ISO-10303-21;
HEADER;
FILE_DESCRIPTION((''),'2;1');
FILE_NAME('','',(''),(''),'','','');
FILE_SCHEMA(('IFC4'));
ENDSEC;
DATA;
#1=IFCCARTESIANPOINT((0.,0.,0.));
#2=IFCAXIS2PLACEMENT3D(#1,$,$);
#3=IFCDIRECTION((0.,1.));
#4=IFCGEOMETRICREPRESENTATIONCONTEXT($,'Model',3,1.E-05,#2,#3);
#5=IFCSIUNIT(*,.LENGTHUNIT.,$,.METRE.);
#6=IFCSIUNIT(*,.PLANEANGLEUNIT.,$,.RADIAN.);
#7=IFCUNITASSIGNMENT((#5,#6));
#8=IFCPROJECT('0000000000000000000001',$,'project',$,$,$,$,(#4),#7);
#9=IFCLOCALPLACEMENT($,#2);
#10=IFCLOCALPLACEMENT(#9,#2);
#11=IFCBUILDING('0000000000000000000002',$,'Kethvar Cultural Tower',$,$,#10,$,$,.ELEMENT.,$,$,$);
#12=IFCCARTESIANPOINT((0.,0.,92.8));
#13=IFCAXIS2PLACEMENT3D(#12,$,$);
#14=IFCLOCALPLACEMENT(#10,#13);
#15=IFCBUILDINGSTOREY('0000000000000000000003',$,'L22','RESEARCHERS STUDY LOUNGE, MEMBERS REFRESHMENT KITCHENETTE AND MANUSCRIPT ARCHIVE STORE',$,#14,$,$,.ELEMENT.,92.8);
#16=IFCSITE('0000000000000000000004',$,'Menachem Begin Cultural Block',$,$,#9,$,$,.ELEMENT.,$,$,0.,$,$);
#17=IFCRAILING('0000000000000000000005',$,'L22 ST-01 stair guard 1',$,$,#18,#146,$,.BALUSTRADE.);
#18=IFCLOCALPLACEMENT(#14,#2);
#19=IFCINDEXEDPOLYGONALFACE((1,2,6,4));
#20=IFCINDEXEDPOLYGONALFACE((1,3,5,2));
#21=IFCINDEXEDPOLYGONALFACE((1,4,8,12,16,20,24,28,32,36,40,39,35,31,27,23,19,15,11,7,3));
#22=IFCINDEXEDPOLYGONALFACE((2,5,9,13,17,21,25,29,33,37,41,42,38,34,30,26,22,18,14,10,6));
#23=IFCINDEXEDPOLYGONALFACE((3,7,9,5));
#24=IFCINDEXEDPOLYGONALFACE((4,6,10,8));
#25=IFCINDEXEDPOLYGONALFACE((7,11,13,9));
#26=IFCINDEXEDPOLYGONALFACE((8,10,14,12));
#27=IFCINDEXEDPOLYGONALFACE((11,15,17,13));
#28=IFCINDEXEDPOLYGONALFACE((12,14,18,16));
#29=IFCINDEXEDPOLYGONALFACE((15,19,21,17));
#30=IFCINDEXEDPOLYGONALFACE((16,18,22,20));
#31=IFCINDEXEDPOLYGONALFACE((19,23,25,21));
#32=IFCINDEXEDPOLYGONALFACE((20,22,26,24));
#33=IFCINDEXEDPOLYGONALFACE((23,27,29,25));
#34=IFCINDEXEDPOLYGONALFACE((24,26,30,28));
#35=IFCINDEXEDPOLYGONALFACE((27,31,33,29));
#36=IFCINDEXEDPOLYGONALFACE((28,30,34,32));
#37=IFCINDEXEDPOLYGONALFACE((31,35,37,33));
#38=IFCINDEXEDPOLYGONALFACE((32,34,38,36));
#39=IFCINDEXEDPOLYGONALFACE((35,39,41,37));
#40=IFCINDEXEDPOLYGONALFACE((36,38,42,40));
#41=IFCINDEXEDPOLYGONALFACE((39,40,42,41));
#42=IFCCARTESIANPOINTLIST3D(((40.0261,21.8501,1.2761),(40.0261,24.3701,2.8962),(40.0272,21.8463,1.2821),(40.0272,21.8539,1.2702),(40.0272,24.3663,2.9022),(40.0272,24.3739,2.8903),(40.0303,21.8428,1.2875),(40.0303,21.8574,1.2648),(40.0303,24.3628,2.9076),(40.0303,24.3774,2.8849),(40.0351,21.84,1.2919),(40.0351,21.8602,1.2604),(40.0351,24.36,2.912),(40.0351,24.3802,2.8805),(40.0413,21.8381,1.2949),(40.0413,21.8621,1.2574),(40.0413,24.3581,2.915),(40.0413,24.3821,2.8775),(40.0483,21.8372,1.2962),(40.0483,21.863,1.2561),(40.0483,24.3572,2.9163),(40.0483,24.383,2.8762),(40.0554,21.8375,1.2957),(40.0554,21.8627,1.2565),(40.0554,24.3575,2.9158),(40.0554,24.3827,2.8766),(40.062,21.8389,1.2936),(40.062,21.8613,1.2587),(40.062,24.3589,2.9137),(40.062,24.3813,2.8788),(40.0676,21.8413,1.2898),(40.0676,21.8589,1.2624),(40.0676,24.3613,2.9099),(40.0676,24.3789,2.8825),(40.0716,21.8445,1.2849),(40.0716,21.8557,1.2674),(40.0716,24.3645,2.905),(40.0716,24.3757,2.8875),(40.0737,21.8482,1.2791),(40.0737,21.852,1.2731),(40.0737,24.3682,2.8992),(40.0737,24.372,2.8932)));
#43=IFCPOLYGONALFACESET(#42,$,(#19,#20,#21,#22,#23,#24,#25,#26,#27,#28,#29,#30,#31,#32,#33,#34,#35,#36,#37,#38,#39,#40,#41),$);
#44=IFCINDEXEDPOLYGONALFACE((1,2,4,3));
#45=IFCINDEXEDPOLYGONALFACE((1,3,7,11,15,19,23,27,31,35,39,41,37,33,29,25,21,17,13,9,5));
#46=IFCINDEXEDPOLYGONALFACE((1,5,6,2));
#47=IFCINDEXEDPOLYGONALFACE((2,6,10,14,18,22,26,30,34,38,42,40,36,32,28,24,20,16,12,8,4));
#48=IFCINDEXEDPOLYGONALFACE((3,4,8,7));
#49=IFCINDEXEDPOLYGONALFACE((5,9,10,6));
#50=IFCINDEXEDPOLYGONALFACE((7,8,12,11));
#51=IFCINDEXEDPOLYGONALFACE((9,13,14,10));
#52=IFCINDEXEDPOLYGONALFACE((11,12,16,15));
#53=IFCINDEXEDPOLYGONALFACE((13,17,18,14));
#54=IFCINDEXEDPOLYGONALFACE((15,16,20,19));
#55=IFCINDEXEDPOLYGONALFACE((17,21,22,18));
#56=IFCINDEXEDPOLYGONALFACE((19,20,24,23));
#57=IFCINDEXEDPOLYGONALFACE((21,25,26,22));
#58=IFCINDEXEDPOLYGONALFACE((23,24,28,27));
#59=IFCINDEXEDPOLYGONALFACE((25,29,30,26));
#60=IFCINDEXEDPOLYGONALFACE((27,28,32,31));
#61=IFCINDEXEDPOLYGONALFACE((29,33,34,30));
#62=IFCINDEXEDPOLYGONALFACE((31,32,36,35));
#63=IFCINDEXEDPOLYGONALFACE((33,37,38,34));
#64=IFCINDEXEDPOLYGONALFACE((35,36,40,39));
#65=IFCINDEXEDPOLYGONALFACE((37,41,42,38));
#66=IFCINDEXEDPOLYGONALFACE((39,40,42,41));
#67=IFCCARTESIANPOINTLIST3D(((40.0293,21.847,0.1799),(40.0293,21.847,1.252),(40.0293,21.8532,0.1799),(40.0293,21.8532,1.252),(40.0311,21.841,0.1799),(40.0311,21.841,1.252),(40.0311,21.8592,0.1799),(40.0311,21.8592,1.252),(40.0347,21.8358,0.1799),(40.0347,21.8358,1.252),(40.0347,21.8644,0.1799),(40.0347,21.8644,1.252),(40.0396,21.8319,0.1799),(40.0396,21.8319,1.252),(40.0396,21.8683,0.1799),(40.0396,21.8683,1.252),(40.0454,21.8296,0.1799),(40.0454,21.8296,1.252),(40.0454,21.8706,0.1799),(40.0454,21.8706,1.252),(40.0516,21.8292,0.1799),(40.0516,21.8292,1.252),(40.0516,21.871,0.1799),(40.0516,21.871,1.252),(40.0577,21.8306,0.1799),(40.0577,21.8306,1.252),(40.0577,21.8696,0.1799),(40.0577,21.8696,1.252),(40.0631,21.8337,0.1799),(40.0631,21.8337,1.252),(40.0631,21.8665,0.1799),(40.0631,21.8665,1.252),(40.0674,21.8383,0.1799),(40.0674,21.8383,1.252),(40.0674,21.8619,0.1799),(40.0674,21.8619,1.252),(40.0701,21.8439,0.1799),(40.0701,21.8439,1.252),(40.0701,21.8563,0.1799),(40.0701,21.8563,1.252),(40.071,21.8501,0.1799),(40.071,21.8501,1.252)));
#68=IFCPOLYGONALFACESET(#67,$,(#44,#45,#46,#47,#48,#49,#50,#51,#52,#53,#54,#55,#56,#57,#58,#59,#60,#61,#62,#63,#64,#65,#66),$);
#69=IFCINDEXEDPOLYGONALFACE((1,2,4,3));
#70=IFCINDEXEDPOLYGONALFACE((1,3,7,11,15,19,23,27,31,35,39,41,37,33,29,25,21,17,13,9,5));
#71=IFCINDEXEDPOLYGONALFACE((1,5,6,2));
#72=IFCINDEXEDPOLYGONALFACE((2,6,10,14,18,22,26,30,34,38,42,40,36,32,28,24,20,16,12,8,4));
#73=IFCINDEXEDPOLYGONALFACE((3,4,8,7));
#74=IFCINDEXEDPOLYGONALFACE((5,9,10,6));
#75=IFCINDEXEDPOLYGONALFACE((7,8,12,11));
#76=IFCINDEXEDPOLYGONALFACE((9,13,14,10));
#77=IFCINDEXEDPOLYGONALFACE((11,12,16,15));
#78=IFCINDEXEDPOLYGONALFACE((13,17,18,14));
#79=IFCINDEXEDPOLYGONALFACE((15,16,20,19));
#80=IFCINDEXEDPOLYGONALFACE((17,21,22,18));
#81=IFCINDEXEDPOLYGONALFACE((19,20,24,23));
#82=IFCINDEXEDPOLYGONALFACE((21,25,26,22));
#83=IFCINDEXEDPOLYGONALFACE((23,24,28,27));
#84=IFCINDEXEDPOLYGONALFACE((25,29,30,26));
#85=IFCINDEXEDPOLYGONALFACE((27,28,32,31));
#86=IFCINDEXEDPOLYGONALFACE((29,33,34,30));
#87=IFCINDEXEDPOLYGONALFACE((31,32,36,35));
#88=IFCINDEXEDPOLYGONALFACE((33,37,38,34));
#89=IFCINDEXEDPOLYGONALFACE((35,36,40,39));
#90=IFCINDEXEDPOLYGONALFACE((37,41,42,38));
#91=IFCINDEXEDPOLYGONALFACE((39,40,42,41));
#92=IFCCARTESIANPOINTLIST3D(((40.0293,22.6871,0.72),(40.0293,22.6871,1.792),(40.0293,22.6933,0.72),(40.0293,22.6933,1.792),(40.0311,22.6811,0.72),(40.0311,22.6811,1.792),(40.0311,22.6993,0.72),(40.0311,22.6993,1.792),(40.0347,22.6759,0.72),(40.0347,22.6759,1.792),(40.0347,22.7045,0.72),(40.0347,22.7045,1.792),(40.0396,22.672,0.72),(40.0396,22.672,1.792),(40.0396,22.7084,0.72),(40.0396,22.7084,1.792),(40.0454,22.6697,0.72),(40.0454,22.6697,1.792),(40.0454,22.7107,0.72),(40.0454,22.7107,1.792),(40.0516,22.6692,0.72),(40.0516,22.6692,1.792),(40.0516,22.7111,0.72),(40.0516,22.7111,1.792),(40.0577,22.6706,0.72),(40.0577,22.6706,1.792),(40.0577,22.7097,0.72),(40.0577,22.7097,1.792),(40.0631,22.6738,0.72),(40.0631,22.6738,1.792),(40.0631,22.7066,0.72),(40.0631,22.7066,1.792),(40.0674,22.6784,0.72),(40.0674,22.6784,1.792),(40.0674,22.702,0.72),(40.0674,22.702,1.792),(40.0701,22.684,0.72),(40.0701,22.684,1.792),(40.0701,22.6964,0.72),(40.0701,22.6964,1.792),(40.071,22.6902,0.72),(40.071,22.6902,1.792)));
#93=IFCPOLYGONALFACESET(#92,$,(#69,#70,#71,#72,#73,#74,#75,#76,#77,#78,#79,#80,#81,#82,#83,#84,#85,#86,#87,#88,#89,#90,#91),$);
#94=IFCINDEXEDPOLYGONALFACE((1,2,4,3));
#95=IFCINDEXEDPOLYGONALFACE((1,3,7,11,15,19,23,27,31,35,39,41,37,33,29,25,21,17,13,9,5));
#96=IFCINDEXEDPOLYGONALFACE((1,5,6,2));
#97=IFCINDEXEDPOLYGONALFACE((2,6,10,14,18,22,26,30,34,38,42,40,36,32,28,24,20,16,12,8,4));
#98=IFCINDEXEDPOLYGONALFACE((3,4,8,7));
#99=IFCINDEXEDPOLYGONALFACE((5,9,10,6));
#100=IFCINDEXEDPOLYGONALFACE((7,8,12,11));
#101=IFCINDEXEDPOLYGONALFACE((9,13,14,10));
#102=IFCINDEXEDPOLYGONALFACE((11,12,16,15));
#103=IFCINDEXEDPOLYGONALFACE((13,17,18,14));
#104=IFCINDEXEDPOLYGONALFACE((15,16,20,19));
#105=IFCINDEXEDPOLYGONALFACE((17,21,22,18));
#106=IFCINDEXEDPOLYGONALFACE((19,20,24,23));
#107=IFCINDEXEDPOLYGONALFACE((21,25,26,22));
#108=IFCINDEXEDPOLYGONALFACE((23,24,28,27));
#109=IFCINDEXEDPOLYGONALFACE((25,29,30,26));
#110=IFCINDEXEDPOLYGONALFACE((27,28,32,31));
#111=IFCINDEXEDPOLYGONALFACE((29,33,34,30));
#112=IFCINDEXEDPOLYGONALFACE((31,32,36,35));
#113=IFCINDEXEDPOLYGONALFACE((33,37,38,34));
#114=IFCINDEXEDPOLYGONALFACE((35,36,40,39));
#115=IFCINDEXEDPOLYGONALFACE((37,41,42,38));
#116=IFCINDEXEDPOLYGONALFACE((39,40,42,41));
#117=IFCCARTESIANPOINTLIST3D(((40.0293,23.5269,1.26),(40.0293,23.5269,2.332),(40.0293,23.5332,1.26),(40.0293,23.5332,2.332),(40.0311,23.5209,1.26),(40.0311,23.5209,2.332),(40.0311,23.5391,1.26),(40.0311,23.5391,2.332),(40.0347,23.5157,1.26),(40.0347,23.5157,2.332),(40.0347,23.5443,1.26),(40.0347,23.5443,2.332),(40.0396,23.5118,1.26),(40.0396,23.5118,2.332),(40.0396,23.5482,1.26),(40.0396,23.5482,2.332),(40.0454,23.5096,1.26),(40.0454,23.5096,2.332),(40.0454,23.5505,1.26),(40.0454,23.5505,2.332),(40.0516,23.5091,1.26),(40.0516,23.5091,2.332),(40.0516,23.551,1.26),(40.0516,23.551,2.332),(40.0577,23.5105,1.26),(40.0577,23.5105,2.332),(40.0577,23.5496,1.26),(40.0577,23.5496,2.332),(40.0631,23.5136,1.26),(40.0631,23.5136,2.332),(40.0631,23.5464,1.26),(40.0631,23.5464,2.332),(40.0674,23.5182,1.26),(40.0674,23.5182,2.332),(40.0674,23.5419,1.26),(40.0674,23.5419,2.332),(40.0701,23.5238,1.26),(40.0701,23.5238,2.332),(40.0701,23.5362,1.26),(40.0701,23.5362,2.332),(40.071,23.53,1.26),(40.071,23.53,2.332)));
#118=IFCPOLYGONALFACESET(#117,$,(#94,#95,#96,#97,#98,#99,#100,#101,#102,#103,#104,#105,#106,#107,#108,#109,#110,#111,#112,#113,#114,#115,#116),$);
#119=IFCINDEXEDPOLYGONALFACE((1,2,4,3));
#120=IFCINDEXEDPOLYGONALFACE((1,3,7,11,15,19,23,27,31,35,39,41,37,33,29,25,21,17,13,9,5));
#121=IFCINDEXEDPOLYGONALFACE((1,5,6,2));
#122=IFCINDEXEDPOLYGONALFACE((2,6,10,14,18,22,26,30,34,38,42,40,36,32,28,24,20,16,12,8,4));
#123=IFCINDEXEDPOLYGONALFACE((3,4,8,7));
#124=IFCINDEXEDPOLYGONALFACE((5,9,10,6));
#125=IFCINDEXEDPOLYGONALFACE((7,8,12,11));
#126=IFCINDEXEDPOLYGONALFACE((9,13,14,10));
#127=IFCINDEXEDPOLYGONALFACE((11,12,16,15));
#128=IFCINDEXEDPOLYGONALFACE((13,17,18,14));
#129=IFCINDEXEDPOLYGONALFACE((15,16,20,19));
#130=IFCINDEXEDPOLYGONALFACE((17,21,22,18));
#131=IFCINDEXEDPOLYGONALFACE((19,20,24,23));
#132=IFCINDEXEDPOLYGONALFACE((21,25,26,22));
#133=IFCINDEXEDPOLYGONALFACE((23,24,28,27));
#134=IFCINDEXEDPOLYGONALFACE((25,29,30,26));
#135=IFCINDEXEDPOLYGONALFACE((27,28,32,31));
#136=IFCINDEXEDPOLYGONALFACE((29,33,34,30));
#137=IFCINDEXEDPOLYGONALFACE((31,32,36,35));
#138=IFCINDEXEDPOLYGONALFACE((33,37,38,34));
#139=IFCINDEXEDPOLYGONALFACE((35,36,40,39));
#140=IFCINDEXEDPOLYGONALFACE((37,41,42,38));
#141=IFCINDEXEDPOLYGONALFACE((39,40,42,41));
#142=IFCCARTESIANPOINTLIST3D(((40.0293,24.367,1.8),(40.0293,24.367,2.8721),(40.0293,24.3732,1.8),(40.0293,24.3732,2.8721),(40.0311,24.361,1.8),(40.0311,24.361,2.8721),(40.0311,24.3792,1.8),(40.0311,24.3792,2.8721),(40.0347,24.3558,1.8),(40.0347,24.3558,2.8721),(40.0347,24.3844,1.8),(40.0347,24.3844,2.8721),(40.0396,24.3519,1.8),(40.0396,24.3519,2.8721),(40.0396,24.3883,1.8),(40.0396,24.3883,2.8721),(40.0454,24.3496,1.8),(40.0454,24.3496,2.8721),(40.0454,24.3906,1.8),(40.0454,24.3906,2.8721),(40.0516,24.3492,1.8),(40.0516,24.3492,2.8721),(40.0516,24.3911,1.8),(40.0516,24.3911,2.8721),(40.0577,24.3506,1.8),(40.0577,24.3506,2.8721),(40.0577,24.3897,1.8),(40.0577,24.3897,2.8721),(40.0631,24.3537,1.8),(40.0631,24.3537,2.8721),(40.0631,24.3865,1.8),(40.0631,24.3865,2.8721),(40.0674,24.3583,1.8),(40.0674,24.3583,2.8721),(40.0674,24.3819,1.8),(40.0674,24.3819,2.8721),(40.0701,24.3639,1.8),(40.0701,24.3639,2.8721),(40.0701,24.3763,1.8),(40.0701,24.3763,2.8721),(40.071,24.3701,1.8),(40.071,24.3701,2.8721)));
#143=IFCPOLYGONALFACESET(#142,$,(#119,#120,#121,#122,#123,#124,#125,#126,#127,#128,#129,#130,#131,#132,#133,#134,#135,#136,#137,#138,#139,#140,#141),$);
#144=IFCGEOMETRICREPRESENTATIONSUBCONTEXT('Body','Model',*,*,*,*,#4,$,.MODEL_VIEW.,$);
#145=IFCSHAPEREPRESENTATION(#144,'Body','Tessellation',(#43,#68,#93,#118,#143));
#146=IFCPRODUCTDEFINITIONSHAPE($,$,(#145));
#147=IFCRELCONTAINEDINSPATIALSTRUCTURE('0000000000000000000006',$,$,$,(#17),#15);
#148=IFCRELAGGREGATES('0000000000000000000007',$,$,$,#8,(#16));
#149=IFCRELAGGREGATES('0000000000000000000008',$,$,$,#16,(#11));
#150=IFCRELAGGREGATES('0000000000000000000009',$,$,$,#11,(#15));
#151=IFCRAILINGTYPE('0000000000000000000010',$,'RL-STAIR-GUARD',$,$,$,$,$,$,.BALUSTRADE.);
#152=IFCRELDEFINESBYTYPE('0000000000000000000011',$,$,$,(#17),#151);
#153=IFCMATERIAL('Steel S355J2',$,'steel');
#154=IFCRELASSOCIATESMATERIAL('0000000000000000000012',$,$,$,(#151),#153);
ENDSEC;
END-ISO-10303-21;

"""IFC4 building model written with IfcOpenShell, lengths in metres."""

from ifc_helpers import new_model, si_unit, direction, frame, origin, origin_2d, place, context, subcontext, project, spatial, circle, extrude, material, type_object, element, save


model = new_model("IFC4")

# Units and contexts
model_context = context("Model", 3, precision=1e-05, world=origin(), true_north=direction((0.0, 1.0)))
body_context = subcontext(model_context, "Body", "Model", "MODEL_VIEW")
ifc_project = project(units=[si_unit("LENGTHUNIT", "METRE"), si_unit("PLANEANGLEUNIT", "RADIAN")], contexts=[model_context])

# Site, building, storey
site_placement = place(None, origin())
site = spatial("IfcSite", under=ifc_project, at=site_placement, Name="Menachem Begin Cultural Block", CompositionType="ELEMENT", RefElevation=0.0)
building_placement = place(site_placement, origin())
building = spatial("IfcBuilding", under=site, at=building_placement, Name="Kethvar Cultural Tower", CompositionType="ELEMENT")
storey_placement = place(building_placement, frame((0.0, 0.0, 92.8)))
storey = spatial("IfcBuildingStorey", under=building, at=storey_placement, Name="L22", Description="RESEARCHERS STUDY LOUNGE, MEMBERS REFRESHMENT KITCHENETTE AND MANUSCRIPT ARCHIVE STORE", CompositionType="ELEMENT", Elevation=92.8)

# Shared definitions
ifc_material_1 = material(Name="Steel S355J2", Category="steel")

# Railing
railing_type_1 = type_object("IfcRailingType", Name="RL-STAIR-GUARD", PredefinedType="BALUSTRADE", material=ifc_material_1)
railing_1_placement = place(storey_placement, frame((40.05, 21.8501, 0.1799)))
element("IfcRailing", 1, at=railing_1_placement, inside=storey, type_object=railing_type_1, Name="L22 ST-01 stair guard 1", PredefinedType="BALUSTRADE", context=body_context, shape_type="SweptSolid", body=[
    extrude(circle(Radius=0.0239, at=origin_2d()), frame((0.0, 0.0, 1.0962), z_axis=(0.0, 0.841163, 0.540782), x_axis=(-1.0, 0.0, 0.0)), (0.0, 0.0, 1.0), 2.9958),
    extrude(circle(Radius=0.021, at=origin_2d()), origin(), (0.0, 0.0, 1.0), 1.072),
    extrude(circle(Radius=0.021, at=origin_2d()), frame((0.0, 0.8401, 0.54)), (0.0, 0.0, 1.0), 1.072),
    extrude(circle(Radius=0.021, at=origin_2d()), frame((0.0, 1.6799, 1.0801)), (0.0, 0.0, 1.0), 1.072),
    extrude(circle(Radius=0.021, at=origin_2d()), frame((0.0, 2.52, 1.6201)), (0.0, 0.0, 1.0), 1.072),
])

save(model, "model.ifc")
